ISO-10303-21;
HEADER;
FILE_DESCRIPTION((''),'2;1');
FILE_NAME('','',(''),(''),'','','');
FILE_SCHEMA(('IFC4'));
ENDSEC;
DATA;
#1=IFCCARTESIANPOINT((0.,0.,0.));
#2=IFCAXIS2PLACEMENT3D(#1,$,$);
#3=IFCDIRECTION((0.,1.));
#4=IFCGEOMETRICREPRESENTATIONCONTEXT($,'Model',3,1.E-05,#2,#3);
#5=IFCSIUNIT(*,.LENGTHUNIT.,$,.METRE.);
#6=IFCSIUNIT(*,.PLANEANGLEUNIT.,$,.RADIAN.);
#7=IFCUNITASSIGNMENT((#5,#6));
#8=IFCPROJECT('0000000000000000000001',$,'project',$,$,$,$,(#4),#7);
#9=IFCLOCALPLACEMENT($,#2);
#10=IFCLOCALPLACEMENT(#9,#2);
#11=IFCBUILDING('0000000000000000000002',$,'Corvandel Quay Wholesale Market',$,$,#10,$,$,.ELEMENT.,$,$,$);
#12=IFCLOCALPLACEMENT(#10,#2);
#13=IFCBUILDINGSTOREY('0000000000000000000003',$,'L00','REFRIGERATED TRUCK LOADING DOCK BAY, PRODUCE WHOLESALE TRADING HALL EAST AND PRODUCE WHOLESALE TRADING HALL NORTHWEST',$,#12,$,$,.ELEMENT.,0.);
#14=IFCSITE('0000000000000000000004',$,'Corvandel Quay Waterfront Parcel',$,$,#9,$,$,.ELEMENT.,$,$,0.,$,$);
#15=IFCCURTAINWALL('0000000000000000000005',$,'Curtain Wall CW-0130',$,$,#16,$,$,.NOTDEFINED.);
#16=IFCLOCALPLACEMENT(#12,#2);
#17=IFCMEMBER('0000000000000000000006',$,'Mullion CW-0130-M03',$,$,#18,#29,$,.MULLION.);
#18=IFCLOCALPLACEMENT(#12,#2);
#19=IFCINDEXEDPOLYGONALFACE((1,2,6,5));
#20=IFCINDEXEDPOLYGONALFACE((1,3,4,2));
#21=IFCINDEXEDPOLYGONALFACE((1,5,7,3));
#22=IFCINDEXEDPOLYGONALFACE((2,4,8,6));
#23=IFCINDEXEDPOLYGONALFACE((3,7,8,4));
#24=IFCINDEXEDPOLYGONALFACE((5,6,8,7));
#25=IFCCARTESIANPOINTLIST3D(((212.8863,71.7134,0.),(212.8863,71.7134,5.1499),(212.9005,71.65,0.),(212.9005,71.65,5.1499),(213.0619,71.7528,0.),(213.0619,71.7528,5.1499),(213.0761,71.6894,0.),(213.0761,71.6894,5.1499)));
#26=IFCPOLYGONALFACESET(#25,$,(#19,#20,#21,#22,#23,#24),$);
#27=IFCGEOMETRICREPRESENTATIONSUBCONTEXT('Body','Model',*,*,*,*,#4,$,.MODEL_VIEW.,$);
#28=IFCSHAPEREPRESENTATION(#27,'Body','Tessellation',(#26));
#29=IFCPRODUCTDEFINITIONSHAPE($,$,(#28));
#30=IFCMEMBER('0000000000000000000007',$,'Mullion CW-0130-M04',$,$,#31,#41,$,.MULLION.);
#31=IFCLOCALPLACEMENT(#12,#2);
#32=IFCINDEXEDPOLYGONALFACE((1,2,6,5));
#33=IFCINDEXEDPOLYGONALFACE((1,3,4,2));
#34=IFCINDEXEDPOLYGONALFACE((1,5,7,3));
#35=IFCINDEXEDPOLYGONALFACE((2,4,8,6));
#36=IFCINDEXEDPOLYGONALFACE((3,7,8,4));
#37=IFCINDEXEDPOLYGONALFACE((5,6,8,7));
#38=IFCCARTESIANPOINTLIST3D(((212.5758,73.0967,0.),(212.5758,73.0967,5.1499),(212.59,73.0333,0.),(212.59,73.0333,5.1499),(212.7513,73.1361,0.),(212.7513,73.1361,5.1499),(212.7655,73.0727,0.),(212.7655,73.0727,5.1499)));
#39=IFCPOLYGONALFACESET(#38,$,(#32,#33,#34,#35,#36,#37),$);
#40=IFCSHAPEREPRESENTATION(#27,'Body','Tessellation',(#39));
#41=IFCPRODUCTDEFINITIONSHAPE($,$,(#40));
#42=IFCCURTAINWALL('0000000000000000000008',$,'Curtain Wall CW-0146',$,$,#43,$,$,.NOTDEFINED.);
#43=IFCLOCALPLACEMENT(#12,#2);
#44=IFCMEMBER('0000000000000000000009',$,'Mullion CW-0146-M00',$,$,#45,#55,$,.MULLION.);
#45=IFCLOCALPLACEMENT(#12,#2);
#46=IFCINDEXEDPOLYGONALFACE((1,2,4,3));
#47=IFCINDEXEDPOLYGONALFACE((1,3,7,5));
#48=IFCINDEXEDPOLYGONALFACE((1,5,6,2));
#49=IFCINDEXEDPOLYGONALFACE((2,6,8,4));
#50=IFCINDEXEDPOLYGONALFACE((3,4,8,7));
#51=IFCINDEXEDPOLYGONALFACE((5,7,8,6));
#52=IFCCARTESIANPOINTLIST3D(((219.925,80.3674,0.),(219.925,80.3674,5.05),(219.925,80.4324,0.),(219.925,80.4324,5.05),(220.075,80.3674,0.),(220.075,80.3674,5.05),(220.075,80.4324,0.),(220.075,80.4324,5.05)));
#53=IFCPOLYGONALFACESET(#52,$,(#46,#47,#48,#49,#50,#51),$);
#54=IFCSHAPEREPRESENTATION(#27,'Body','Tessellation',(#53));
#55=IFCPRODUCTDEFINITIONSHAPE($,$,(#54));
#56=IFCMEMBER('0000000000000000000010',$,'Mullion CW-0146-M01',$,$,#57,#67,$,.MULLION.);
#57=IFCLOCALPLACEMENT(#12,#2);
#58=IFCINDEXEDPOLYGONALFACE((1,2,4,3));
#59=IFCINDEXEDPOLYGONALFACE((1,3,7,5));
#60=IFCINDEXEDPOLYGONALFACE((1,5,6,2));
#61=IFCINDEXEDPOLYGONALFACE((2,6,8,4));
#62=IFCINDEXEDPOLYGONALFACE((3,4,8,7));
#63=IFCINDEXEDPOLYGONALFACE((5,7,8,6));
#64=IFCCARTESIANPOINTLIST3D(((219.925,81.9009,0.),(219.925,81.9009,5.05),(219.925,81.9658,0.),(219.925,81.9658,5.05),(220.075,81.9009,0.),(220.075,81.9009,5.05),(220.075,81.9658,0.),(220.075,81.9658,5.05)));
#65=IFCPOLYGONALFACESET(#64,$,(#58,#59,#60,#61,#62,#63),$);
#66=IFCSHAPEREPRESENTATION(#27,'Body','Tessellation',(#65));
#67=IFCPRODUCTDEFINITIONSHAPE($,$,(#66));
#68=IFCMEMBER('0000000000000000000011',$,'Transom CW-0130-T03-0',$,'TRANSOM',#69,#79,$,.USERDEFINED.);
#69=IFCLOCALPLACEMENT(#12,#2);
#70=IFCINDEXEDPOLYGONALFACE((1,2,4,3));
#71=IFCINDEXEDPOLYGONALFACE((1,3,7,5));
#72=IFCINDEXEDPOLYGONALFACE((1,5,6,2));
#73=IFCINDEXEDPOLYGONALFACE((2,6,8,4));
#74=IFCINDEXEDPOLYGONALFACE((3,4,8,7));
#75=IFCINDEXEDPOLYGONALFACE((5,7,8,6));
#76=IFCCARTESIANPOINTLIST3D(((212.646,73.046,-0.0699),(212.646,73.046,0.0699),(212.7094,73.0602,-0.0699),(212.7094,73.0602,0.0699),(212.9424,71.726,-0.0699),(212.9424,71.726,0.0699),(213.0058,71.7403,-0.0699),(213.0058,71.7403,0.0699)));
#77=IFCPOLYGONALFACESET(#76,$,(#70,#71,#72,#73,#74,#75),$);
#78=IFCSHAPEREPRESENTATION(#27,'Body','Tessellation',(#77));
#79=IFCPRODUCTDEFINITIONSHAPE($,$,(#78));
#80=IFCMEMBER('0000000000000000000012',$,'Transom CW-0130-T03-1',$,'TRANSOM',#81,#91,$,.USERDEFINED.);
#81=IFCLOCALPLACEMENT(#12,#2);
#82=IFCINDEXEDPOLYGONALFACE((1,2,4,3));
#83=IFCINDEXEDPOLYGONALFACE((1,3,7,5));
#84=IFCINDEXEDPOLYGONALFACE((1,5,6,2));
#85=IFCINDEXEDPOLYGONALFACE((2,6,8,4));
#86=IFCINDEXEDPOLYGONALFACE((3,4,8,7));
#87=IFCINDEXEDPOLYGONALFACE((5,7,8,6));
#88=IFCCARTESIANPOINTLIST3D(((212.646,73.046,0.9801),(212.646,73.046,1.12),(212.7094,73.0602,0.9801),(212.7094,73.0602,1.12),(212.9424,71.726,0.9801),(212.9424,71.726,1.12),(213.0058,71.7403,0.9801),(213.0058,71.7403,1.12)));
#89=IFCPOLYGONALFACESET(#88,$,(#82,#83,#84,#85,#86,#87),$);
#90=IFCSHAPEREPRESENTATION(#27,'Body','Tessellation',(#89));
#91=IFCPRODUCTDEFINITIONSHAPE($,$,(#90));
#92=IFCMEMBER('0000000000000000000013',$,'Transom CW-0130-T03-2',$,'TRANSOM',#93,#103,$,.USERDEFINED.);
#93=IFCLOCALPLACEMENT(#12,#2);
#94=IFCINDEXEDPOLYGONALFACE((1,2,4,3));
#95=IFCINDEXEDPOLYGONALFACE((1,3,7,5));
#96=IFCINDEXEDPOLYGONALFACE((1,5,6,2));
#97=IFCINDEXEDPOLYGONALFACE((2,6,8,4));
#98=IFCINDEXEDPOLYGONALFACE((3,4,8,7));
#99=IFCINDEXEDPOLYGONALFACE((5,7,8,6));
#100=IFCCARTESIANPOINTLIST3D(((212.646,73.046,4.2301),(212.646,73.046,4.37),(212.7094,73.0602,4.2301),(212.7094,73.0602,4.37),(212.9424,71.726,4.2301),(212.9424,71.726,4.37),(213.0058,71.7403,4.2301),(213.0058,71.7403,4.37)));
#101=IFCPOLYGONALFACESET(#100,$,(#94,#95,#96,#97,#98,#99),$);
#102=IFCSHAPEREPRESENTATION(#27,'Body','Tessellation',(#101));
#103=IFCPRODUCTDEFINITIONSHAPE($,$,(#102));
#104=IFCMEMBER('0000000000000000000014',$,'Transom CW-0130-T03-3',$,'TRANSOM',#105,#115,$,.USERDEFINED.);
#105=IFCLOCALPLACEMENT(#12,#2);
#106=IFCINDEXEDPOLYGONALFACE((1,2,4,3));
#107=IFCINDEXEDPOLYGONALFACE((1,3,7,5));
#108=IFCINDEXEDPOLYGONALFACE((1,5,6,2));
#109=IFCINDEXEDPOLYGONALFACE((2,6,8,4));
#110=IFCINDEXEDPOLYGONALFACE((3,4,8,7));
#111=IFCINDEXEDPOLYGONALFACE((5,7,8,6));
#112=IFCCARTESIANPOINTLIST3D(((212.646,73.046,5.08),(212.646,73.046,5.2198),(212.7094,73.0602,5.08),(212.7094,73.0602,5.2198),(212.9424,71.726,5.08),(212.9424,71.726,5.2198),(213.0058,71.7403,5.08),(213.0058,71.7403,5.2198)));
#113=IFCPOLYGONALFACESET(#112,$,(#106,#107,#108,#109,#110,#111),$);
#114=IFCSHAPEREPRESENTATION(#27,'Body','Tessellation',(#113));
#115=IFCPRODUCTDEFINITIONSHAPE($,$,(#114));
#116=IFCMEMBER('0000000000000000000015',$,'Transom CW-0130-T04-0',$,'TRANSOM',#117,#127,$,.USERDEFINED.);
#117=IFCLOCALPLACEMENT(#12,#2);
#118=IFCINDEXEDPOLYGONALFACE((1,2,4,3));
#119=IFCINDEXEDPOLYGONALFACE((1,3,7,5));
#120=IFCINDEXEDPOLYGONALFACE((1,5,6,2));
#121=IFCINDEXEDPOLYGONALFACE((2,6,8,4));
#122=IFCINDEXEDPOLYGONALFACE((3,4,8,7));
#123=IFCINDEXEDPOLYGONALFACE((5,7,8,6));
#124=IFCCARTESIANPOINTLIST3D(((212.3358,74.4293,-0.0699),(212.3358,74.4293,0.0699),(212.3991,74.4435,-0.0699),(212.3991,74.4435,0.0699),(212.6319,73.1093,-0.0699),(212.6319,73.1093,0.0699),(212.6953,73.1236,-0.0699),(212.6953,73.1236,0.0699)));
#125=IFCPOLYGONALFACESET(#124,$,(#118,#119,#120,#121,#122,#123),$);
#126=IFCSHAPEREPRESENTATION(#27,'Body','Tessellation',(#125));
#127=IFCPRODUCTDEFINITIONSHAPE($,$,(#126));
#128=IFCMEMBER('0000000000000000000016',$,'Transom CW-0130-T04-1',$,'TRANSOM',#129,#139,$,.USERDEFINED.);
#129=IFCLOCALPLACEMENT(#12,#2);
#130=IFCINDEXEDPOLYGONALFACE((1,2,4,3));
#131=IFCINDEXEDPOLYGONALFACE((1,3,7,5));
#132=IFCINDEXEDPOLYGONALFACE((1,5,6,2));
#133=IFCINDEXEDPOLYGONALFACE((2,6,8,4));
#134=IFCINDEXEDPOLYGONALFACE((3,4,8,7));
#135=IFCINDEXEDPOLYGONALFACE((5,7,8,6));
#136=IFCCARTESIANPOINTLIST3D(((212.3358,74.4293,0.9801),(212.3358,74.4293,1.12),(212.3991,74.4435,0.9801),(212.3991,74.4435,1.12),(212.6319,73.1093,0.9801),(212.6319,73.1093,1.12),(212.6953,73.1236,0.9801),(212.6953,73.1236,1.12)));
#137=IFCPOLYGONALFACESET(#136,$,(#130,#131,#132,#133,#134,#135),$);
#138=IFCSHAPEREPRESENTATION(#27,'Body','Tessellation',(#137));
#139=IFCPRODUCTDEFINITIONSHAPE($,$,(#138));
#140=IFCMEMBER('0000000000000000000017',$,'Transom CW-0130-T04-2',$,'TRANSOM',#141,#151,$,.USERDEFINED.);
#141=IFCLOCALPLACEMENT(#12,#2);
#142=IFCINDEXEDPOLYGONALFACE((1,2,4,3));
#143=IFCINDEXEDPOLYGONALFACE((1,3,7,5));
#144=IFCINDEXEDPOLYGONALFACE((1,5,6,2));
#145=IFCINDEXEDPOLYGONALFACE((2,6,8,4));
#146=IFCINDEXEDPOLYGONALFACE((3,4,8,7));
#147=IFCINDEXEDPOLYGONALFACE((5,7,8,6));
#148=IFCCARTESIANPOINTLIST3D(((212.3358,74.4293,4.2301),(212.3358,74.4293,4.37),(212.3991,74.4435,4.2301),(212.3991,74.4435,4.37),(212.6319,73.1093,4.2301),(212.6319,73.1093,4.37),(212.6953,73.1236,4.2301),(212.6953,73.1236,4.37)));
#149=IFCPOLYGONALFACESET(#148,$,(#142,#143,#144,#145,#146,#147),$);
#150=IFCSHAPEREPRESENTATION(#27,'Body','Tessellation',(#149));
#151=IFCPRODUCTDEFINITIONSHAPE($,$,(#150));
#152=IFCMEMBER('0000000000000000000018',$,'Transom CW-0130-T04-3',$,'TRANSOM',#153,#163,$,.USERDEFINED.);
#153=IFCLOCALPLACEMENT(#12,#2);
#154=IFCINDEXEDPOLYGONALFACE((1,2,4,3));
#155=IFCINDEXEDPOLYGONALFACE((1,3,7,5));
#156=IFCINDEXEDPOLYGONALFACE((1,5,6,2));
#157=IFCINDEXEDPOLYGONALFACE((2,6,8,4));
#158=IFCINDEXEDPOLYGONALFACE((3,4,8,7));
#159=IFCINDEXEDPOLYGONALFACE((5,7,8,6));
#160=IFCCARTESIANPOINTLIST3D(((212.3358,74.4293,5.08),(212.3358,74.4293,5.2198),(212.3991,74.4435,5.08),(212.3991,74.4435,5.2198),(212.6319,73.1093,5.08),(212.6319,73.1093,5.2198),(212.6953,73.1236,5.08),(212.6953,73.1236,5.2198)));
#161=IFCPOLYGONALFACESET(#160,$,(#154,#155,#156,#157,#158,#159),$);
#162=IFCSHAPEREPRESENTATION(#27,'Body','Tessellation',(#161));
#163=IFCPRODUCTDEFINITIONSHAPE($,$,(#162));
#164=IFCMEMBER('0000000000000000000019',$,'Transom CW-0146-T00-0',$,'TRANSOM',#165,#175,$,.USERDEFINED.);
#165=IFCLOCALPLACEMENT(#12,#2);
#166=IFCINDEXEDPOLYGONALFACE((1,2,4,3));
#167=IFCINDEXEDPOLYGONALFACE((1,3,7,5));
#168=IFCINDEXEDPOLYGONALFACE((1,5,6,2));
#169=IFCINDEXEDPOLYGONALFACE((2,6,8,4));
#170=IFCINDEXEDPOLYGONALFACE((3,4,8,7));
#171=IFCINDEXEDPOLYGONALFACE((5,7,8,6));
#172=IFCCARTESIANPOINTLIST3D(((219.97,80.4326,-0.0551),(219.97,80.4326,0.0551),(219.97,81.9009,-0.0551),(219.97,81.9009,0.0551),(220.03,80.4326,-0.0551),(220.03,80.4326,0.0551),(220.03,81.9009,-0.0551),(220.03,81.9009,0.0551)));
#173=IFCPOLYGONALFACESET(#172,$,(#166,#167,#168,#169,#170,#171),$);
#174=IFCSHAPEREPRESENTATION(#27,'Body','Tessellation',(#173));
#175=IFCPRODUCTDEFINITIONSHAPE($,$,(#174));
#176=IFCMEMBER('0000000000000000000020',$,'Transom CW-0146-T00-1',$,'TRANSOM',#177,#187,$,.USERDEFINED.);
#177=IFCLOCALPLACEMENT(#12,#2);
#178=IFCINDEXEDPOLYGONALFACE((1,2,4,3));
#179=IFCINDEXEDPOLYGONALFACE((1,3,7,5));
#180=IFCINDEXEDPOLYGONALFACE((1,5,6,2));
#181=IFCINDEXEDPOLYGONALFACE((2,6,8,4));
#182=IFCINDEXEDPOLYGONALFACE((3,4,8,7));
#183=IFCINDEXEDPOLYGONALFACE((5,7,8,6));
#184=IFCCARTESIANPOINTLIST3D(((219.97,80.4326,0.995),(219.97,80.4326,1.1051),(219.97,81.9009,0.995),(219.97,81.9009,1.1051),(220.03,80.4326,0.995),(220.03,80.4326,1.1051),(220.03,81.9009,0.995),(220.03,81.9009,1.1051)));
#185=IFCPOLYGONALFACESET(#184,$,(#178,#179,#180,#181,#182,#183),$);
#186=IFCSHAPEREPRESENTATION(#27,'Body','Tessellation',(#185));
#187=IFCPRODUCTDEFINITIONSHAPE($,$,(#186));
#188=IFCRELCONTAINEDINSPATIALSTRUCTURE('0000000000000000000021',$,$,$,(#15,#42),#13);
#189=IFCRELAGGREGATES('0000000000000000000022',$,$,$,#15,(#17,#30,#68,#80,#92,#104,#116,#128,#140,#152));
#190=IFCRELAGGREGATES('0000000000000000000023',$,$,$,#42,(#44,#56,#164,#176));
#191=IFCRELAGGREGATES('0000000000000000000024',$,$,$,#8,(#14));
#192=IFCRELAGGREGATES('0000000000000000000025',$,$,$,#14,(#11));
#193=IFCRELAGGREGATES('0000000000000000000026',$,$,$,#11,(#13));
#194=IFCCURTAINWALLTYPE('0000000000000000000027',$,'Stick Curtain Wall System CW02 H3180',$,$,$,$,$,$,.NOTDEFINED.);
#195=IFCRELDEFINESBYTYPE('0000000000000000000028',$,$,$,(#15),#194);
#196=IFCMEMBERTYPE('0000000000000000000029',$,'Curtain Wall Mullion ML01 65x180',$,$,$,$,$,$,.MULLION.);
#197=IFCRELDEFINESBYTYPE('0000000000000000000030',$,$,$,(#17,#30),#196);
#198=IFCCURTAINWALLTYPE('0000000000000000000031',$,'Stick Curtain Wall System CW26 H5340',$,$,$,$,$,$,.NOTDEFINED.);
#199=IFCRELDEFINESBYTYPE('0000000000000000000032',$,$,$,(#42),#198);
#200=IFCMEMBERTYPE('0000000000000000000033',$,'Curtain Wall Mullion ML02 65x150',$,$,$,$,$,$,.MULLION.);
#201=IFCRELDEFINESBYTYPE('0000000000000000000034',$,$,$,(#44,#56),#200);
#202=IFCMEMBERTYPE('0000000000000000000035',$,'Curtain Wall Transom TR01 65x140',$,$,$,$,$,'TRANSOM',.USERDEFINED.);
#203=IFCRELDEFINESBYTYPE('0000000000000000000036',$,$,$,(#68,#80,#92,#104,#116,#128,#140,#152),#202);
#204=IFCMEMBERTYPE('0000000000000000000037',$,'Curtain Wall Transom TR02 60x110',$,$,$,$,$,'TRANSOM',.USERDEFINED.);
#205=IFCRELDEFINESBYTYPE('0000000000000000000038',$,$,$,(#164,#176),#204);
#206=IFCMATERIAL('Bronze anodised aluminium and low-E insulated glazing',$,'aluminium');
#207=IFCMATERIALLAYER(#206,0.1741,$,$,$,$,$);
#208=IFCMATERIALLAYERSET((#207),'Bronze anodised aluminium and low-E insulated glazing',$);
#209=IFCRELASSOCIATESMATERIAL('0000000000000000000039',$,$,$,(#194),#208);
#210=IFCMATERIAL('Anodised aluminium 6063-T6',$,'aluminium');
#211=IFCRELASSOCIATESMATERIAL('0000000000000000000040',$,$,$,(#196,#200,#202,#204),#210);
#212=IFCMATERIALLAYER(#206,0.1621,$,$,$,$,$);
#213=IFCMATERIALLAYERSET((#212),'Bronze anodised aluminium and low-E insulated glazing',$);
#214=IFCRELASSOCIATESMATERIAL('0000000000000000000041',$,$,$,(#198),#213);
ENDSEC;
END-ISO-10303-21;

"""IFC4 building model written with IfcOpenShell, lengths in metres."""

from ifc_helpers import new_model, si_unit, direction, frame, origin, origin_2d, place, context, subcontext, project, spatial, rectangle, extrude, material, layer, layer_set, material_profile, profile_set, type_object, element, aggregate, save


model = new_model("IFC4")

# Units and contexts
model_context = context("Model", 3, precision=1e-05, world=origin(), true_north=direction((0.0, 1.0)))
body_context = subcontext(model_context, "Body", "Model", "MODEL_VIEW")
ifc_project = project(units=[si_unit("LENGTHUNIT", "METRE"), si_unit("PLANEANGLEUNIT", "RADIAN")], contexts=[model_context])

# Site, building, storey
site_placement = place(None, origin())
site = spatial("IfcSite", under=ifc_project, at=site_placement, Name="Corvandel Quay Waterfront Parcel", CompositionType="ELEMENT", RefElevation=0.0)
building_placement = place(site_placement, origin())
building = spatial("IfcBuilding", under=site, at=building_placement, Name="Corvandel Quay Wholesale Market", CompositionType="ELEMENT")
storey_placement = place(building_placement, origin())
storey = spatial("IfcBuildingStorey", under=building, at=storey_placement, Name="L00", Description="REFRIGERATED TRUCK LOADING DOCK BAY, PRODUCE WHOLESALE TRADING HALL EAST AND PRODUCE WHOLESALE TRADING HALL NORTHWEST", CompositionType="ELEMENT", Elevation=0.0)

# Curtain walls, members
ifc_material_1 = material(Name="Bronze anodised aluminium and low-E insulated glazing", Category="aluminium")
ifc_layer_1 = layer(ifc_material_1, 0.1741)
ifc_layer_set_1 = layer_set([ifc_layer_1], Name="Bronze anodised aluminium and low-E insulated glazing")
curtain_wall_type_1 = type_object("IfcCurtainWallType", Name="Stick Curtain Wall System CW02 H3180", PredefinedType="NOTDEFINED", material=ifc_layer_set_1)
curtain_wall_1_placement = place(storey_placement, origin())
curtain_wall_1 = element("IfcCurtainWall", 1, at=curtain_wall_1_placement, inside=storey, type_object=curtain_wall_type_1, Name="Curtain Wall CW-0130", PredefinedType="NOTDEFINED")
ifc_material_2 = material(Name="Anodised aluminium 6063-T6", Category="aluminium")
ifc_material_profile_1 = material_profile(ifc_material_2, rectangle(XDim=0.0649, YDim=0.1799, at=origin_2d()), Name="ALU-MUL-65x180")
ifc_profile_set_1 = profile_set([ifc_material_profile_1], Name="Anodised aluminium 6063-T6")
member_type_1 = type_object("IfcMemberType", Name="Curtain Wall Mullion ML01 65x180", PredefinedType="MULLION", material=ifc_profile_set_1)
member_1_placement = place(storey_placement, frame((212.9812, 71.7014, 0.0), z_axis=(0.0, 0.0, 1.0), x_axis=(-0.218995, 0.975726, 0.0)))
member_1 = element("IfcMember", 2, at=member_1_placement, type_object=member_type_1, Name="Mullion CW-0130-M03", PredefinedType="MULLION", context=body_context, shape_type="SweptSolid", body=[
    extrude(rectangle(XDim=0.0649, YDim=0.1799, at=origin_2d()), origin(), (0.0, 0.0, 1.0), 5.1499),
])
member_2_placement = place(storey_placement, frame((212.6707, 73.0847, 0.0), z_axis=(0.0, 0.0, 1.0), x_axis=(-0.218995, 0.975726, 0.0)))
member_2 = element("IfcMember", 3, at=member_2_placement, type_object=member_type_1, Name="Mullion CW-0130-M04", PredefinedType="MULLION", context=body_context, shape_type="SweptSolid", body=[
    extrude(rectangle(XDim=0.0649, YDim=0.1799, at=origin_2d()), origin(), (0.0, 0.0, 1.0), 5.1499),
])
ifc_layer_2 = layer(ifc_material_1, 0.1621)
ifc_layer_set_2 = layer_set([ifc_layer_2], Name="Bronze anodised aluminium and low-E insulated glazing")
curtain_wall_type_2 = type_object("IfcCurtainWallType", Name="Stick Curtain Wall System CW26 H5340", PredefinedType="NOTDEFINED", material=ifc_layer_set_2)
curtain_wall_2_placement = place(storey_placement, origin())
curtain_wall_2 = element("IfcCurtainWall", 4, at=curtain_wall_2_placement, inside=storey, type_object=curtain_wall_type_2, Name="Curtain Wall CW-0146", PredefinedType="NOTDEFINED")
ifc_material_profile_2 = material_profile(ifc_material_2, rectangle(XDim=0.0649, YDim=0.1499, at=origin_2d()), Name="ALU-MUL-65x150")
ifc_profile_set_2 = profile_set([ifc_material_profile_2], Name="Anodised aluminium 6063-T6")
member_type_2 = type_object("IfcMemberType", Name="Curtain Wall Mullion ML02 65x150", PredefinedType="MULLION", material=ifc_profile_set_2)
member_3_placement = place(storey_placement, frame((220.0, 80.3999, 0.0), z_axis=(0.0, 0.0, 1.0), x_axis=(0.0, 1.0, 0.0)))
member_3 = element("IfcMember", 5, at=member_3_placement, type_object=member_type_2, Name="Mullion CW-0146-M00", PredefinedType="MULLION", context=body_context, shape_type="SweptSolid", body=[
    extrude(rectangle(XDim=0.0649, YDim=0.1499, at=origin_2d()), origin(), (0.0, 0.0, 1.0), 5.05),
])
member_4_placement = place(storey_placement, frame((220.0, 81.9333, 0.0), z_axis=(0.0, 0.0, 1.0), x_axis=(0.0, 1.0, 0.0)))
member_4 = element("IfcMember", 6, at=member_4_placement, type_object=member_type_2, Name="Mullion CW-0146-M01", PredefinedType="MULLION", context=body_context, shape_type="SweptSolid", body=[
    extrude(rectangle(XDim=0.0649, YDim=0.1499, at=origin_2d()), origin(), (0.0, 0.0, 1.0), 5.05),
])

# Members
ifc_material_profile_3 = material_profile(ifc_material_2, rectangle(XDim=0.0649, YDim=0.1399, at=origin_2d()), Name="ALU-TRN-65x140")
ifc_profile_set_3 = profile_set([ifc_material_profile_3], Name="Anodised aluminium 6063-T6")
member_type_3 = type_object("IfcMemberType", Name="Curtain Wall Transom TR01 65x140", ElementType="TRANSOM", PredefinedType="USERDEFINED", material=ifc_profile_set_3)
member_5_placement = place(storey_placement, frame((212.9741, 71.7332, 0.0), z_axis=(-0.219108, 0.975701, 0.0), x_axis=(-0.975701, -0.219108, 0.0)))
member_5 = element("IfcMember", 7, at=member_5_placement, type_object=member_type_3, Name="Transom CW-0130-T03-0", ObjectType="TRANSOM", PredefinedType="USERDEFINED", context=body_context, shape_type="SweptSolid", body=[
    extrude(rectangle(XDim=0.0649, YDim=0.1399, at=origin_2d()), origin(), (0.0, 0.0, 1.0), 1.3528),
])
member_6_placement = place(storey_placement, frame((212.9741, 71.7332, 1.05), z_axis=(-0.219108, 0.975701, 0.0), x_axis=(-0.975701, -0.219108, 0.0)))
member_6 = element("IfcMember", 8, at=member_6_placement, type_object=member_type_3, Name="Transom CW-0130-T03-1", ObjectType="TRANSOM", PredefinedType="USERDEFINED", context=body_context, shape_type="SweptSolid", body=[
    extrude(rectangle(XDim=0.0649, YDim=0.1399, at=origin_2d()), origin(), (0.0, 0.0, 1.0), 1.3528),
])
member_7_placement = place(storey_placement, frame((212.9741, 71.7332, 4.3), z_axis=(-0.219108, 0.975701, 0.0), x_axis=(-0.975701, -0.219108, 0.0)))
member_7 = element("IfcMember", 9, at=member_7_placement, type_object=member_type_3, Name="Transom CW-0130-T03-2", ObjectType="TRANSOM", PredefinedType="USERDEFINED", context=body_context, shape_type="SweptSolid", body=[
    extrude(rectangle(XDim=0.0649, YDim=0.1399, at=origin_2d()), origin(), (0.0, 0.0, 1.0), 1.3528),
])
member_8_placement = place(storey_placement, frame((212.9741, 71.7332, 5.1499), z_axis=(-0.219108, 0.975701, 0.0), x_axis=(-0.975701, -0.219108, 0.0)))
member_8 = element("IfcMember", 10, at=member_8_placement, type_object=member_type_3, Name="Transom CW-0130-T03-3", ObjectType="TRANSOM", PredefinedType="USERDEFINED", context=body_context, shape_type="SweptSolid", body=[
    extrude(rectangle(XDim=0.0649, YDim=0.1399, at=origin_2d()), origin(), (0.0, 0.0, 1.0), 1.3528),
])
member_9_placement = place(storey_placement, frame((212.6636, 73.1165, 0.0), z_axis=(-0.218898, 0.975748, 0.0), x_axis=(-0.975748, -0.218898, 0.0)))
member_9 = element("IfcMember", 11, at=member_9_placement, type_object=member_type_3, Name="Transom CW-0130-T04-0", ObjectType="TRANSOM", PredefinedType="USERDEFINED", context=body_context, shape_type="SweptSolid", body=[
    extrude(rectangle(XDim=0.0649, YDim=0.1399, at=origin_2d()), origin(), (0.0, 0.0, 1.0), 1.3528),
])
member_10_placement = place(storey_placement, frame((212.6636, 73.1165, 1.05), z_axis=(-0.218898, 0.975748, 0.0), x_axis=(-0.975748, -0.218898, 0.0)))
member_10 = element("IfcMember", 12, at=member_10_placement, type_object=member_type_3, Name="Transom CW-0130-T04-1", ObjectType="TRANSOM", PredefinedType="USERDEFINED", context=body_context, shape_type="SweptSolid", body=[
    extrude(rectangle(XDim=0.0649, YDim=0.1399, at=origin_2d()), origin(), (0.0, 0.0, 1.0), 1.3528),
])
member_11_placement = place(storey_placement, frame((212.6636, 73.1165, 4.3), z_axis=(-0.218898, 0.975748, 0.0), x_axis=(-0.975748, -0.218898, 0.0)))
member_11 = element("IfcMember", 13, at=member_11_placement, type_object=member_type_3, Name="Transom CW-0130-T04-2", ObjectType="TRANSOM", PredefinedType="USERDEFINED", context=body_context, shape_type="SweptSolid", body=[
    extrude(rectangle(XDim=0.0649, YDim=0.1399, at=origin_2d()), origin(), (0.0, 0.0, 1.0), 1.3528),
])
member_12_placement = place(storey_placement, frame((212.6636, 73.1165, 5.1499), z_axis=(-0.218898, 0.975748, 0.0), x_axis=(-0.975748, -0.218898, 0.0)))
member_12 = element("IfcMember", 14, at=member_12_placement, type_object=member_type_3, Name="Transom CW-0130-T04-3", ObjectType="TRANSOM", PredefinedType="USERDEFINED", context=body_context, shape_type="SweptSolid", body=[
    extrude(rectangle(XDim=0.0649, YDim=0.1399, at=origin_2d()), origin(), (0.0, 0.0, 1.0), 1.3528),
])
ifc_material_profile_4 = material_profile(ifc_material_2, rectangle(XDim=0.0601, YDim=0.1101, at=origin_2d()), Name="ALU-TRN-60x110")
ifc_profile_set_4 = profile_set([ifc_material_profile_4], Name="Anodised aluminium 6063-T6")
member_type_4 = type_object("IfcMemberType", Name="Curtain Wall Transom TR02 60x110", ElementType="TRANSOM", PredefinedType="USERDEFINED", material=ifc_profile_set_4)
member_13_placement = place(storey_placement, frame((220.0, 80.4326, 0.0), z_axis=(0.0, 1.0, 0.0), x_axis=(-1.0, 0.0, 0.0)))
member_13 = element("IfcMember", 15, at=member_13_placement, type_object=member_type_4, Name="Transom CW-0146-T00-0", ObjectType="TRANSOM", PredefinedType="USERDEFINED", context=body_context, shape_type="SweptSolid", body=[
    extrude(rectangle(XDim=0.0601, YDim=0.1101, at=origin_2d()), origin(), (0.0, 0.0, 1.0), 1.4683),
])
member_14_placement = place(storey_placement, frame((220.0, 80.4326, 1.05), z_axis=(0.0, 1.0, 0.0), x_axis=(-1.0, 0.0, 0.0)))
member_14 = element("IfcMember", 16, at=member_14_placement, type_object=member_type_4, Name="Transom CW-0146-T00-1", ObjectType="TRANSOM", PredefinedType="USERDEFINED", context=body_context, shape_type="SweptSolid", body=[
    extrude(rectangle(XDim=0.0601, YDim=0.1101, at=origin_2d()), origin(), (0.0, 0.0, 1.0), 1.4683),
])

aggregate(curtain_wall_1, [member_1, member_2, member_5, member_6, member_7, member_8, member_9, member_10, member_11, member_12])
aggregate(curtain_wall_2, [member_3, member_4, member_13, member_14])

save(model, "model.ifc")
